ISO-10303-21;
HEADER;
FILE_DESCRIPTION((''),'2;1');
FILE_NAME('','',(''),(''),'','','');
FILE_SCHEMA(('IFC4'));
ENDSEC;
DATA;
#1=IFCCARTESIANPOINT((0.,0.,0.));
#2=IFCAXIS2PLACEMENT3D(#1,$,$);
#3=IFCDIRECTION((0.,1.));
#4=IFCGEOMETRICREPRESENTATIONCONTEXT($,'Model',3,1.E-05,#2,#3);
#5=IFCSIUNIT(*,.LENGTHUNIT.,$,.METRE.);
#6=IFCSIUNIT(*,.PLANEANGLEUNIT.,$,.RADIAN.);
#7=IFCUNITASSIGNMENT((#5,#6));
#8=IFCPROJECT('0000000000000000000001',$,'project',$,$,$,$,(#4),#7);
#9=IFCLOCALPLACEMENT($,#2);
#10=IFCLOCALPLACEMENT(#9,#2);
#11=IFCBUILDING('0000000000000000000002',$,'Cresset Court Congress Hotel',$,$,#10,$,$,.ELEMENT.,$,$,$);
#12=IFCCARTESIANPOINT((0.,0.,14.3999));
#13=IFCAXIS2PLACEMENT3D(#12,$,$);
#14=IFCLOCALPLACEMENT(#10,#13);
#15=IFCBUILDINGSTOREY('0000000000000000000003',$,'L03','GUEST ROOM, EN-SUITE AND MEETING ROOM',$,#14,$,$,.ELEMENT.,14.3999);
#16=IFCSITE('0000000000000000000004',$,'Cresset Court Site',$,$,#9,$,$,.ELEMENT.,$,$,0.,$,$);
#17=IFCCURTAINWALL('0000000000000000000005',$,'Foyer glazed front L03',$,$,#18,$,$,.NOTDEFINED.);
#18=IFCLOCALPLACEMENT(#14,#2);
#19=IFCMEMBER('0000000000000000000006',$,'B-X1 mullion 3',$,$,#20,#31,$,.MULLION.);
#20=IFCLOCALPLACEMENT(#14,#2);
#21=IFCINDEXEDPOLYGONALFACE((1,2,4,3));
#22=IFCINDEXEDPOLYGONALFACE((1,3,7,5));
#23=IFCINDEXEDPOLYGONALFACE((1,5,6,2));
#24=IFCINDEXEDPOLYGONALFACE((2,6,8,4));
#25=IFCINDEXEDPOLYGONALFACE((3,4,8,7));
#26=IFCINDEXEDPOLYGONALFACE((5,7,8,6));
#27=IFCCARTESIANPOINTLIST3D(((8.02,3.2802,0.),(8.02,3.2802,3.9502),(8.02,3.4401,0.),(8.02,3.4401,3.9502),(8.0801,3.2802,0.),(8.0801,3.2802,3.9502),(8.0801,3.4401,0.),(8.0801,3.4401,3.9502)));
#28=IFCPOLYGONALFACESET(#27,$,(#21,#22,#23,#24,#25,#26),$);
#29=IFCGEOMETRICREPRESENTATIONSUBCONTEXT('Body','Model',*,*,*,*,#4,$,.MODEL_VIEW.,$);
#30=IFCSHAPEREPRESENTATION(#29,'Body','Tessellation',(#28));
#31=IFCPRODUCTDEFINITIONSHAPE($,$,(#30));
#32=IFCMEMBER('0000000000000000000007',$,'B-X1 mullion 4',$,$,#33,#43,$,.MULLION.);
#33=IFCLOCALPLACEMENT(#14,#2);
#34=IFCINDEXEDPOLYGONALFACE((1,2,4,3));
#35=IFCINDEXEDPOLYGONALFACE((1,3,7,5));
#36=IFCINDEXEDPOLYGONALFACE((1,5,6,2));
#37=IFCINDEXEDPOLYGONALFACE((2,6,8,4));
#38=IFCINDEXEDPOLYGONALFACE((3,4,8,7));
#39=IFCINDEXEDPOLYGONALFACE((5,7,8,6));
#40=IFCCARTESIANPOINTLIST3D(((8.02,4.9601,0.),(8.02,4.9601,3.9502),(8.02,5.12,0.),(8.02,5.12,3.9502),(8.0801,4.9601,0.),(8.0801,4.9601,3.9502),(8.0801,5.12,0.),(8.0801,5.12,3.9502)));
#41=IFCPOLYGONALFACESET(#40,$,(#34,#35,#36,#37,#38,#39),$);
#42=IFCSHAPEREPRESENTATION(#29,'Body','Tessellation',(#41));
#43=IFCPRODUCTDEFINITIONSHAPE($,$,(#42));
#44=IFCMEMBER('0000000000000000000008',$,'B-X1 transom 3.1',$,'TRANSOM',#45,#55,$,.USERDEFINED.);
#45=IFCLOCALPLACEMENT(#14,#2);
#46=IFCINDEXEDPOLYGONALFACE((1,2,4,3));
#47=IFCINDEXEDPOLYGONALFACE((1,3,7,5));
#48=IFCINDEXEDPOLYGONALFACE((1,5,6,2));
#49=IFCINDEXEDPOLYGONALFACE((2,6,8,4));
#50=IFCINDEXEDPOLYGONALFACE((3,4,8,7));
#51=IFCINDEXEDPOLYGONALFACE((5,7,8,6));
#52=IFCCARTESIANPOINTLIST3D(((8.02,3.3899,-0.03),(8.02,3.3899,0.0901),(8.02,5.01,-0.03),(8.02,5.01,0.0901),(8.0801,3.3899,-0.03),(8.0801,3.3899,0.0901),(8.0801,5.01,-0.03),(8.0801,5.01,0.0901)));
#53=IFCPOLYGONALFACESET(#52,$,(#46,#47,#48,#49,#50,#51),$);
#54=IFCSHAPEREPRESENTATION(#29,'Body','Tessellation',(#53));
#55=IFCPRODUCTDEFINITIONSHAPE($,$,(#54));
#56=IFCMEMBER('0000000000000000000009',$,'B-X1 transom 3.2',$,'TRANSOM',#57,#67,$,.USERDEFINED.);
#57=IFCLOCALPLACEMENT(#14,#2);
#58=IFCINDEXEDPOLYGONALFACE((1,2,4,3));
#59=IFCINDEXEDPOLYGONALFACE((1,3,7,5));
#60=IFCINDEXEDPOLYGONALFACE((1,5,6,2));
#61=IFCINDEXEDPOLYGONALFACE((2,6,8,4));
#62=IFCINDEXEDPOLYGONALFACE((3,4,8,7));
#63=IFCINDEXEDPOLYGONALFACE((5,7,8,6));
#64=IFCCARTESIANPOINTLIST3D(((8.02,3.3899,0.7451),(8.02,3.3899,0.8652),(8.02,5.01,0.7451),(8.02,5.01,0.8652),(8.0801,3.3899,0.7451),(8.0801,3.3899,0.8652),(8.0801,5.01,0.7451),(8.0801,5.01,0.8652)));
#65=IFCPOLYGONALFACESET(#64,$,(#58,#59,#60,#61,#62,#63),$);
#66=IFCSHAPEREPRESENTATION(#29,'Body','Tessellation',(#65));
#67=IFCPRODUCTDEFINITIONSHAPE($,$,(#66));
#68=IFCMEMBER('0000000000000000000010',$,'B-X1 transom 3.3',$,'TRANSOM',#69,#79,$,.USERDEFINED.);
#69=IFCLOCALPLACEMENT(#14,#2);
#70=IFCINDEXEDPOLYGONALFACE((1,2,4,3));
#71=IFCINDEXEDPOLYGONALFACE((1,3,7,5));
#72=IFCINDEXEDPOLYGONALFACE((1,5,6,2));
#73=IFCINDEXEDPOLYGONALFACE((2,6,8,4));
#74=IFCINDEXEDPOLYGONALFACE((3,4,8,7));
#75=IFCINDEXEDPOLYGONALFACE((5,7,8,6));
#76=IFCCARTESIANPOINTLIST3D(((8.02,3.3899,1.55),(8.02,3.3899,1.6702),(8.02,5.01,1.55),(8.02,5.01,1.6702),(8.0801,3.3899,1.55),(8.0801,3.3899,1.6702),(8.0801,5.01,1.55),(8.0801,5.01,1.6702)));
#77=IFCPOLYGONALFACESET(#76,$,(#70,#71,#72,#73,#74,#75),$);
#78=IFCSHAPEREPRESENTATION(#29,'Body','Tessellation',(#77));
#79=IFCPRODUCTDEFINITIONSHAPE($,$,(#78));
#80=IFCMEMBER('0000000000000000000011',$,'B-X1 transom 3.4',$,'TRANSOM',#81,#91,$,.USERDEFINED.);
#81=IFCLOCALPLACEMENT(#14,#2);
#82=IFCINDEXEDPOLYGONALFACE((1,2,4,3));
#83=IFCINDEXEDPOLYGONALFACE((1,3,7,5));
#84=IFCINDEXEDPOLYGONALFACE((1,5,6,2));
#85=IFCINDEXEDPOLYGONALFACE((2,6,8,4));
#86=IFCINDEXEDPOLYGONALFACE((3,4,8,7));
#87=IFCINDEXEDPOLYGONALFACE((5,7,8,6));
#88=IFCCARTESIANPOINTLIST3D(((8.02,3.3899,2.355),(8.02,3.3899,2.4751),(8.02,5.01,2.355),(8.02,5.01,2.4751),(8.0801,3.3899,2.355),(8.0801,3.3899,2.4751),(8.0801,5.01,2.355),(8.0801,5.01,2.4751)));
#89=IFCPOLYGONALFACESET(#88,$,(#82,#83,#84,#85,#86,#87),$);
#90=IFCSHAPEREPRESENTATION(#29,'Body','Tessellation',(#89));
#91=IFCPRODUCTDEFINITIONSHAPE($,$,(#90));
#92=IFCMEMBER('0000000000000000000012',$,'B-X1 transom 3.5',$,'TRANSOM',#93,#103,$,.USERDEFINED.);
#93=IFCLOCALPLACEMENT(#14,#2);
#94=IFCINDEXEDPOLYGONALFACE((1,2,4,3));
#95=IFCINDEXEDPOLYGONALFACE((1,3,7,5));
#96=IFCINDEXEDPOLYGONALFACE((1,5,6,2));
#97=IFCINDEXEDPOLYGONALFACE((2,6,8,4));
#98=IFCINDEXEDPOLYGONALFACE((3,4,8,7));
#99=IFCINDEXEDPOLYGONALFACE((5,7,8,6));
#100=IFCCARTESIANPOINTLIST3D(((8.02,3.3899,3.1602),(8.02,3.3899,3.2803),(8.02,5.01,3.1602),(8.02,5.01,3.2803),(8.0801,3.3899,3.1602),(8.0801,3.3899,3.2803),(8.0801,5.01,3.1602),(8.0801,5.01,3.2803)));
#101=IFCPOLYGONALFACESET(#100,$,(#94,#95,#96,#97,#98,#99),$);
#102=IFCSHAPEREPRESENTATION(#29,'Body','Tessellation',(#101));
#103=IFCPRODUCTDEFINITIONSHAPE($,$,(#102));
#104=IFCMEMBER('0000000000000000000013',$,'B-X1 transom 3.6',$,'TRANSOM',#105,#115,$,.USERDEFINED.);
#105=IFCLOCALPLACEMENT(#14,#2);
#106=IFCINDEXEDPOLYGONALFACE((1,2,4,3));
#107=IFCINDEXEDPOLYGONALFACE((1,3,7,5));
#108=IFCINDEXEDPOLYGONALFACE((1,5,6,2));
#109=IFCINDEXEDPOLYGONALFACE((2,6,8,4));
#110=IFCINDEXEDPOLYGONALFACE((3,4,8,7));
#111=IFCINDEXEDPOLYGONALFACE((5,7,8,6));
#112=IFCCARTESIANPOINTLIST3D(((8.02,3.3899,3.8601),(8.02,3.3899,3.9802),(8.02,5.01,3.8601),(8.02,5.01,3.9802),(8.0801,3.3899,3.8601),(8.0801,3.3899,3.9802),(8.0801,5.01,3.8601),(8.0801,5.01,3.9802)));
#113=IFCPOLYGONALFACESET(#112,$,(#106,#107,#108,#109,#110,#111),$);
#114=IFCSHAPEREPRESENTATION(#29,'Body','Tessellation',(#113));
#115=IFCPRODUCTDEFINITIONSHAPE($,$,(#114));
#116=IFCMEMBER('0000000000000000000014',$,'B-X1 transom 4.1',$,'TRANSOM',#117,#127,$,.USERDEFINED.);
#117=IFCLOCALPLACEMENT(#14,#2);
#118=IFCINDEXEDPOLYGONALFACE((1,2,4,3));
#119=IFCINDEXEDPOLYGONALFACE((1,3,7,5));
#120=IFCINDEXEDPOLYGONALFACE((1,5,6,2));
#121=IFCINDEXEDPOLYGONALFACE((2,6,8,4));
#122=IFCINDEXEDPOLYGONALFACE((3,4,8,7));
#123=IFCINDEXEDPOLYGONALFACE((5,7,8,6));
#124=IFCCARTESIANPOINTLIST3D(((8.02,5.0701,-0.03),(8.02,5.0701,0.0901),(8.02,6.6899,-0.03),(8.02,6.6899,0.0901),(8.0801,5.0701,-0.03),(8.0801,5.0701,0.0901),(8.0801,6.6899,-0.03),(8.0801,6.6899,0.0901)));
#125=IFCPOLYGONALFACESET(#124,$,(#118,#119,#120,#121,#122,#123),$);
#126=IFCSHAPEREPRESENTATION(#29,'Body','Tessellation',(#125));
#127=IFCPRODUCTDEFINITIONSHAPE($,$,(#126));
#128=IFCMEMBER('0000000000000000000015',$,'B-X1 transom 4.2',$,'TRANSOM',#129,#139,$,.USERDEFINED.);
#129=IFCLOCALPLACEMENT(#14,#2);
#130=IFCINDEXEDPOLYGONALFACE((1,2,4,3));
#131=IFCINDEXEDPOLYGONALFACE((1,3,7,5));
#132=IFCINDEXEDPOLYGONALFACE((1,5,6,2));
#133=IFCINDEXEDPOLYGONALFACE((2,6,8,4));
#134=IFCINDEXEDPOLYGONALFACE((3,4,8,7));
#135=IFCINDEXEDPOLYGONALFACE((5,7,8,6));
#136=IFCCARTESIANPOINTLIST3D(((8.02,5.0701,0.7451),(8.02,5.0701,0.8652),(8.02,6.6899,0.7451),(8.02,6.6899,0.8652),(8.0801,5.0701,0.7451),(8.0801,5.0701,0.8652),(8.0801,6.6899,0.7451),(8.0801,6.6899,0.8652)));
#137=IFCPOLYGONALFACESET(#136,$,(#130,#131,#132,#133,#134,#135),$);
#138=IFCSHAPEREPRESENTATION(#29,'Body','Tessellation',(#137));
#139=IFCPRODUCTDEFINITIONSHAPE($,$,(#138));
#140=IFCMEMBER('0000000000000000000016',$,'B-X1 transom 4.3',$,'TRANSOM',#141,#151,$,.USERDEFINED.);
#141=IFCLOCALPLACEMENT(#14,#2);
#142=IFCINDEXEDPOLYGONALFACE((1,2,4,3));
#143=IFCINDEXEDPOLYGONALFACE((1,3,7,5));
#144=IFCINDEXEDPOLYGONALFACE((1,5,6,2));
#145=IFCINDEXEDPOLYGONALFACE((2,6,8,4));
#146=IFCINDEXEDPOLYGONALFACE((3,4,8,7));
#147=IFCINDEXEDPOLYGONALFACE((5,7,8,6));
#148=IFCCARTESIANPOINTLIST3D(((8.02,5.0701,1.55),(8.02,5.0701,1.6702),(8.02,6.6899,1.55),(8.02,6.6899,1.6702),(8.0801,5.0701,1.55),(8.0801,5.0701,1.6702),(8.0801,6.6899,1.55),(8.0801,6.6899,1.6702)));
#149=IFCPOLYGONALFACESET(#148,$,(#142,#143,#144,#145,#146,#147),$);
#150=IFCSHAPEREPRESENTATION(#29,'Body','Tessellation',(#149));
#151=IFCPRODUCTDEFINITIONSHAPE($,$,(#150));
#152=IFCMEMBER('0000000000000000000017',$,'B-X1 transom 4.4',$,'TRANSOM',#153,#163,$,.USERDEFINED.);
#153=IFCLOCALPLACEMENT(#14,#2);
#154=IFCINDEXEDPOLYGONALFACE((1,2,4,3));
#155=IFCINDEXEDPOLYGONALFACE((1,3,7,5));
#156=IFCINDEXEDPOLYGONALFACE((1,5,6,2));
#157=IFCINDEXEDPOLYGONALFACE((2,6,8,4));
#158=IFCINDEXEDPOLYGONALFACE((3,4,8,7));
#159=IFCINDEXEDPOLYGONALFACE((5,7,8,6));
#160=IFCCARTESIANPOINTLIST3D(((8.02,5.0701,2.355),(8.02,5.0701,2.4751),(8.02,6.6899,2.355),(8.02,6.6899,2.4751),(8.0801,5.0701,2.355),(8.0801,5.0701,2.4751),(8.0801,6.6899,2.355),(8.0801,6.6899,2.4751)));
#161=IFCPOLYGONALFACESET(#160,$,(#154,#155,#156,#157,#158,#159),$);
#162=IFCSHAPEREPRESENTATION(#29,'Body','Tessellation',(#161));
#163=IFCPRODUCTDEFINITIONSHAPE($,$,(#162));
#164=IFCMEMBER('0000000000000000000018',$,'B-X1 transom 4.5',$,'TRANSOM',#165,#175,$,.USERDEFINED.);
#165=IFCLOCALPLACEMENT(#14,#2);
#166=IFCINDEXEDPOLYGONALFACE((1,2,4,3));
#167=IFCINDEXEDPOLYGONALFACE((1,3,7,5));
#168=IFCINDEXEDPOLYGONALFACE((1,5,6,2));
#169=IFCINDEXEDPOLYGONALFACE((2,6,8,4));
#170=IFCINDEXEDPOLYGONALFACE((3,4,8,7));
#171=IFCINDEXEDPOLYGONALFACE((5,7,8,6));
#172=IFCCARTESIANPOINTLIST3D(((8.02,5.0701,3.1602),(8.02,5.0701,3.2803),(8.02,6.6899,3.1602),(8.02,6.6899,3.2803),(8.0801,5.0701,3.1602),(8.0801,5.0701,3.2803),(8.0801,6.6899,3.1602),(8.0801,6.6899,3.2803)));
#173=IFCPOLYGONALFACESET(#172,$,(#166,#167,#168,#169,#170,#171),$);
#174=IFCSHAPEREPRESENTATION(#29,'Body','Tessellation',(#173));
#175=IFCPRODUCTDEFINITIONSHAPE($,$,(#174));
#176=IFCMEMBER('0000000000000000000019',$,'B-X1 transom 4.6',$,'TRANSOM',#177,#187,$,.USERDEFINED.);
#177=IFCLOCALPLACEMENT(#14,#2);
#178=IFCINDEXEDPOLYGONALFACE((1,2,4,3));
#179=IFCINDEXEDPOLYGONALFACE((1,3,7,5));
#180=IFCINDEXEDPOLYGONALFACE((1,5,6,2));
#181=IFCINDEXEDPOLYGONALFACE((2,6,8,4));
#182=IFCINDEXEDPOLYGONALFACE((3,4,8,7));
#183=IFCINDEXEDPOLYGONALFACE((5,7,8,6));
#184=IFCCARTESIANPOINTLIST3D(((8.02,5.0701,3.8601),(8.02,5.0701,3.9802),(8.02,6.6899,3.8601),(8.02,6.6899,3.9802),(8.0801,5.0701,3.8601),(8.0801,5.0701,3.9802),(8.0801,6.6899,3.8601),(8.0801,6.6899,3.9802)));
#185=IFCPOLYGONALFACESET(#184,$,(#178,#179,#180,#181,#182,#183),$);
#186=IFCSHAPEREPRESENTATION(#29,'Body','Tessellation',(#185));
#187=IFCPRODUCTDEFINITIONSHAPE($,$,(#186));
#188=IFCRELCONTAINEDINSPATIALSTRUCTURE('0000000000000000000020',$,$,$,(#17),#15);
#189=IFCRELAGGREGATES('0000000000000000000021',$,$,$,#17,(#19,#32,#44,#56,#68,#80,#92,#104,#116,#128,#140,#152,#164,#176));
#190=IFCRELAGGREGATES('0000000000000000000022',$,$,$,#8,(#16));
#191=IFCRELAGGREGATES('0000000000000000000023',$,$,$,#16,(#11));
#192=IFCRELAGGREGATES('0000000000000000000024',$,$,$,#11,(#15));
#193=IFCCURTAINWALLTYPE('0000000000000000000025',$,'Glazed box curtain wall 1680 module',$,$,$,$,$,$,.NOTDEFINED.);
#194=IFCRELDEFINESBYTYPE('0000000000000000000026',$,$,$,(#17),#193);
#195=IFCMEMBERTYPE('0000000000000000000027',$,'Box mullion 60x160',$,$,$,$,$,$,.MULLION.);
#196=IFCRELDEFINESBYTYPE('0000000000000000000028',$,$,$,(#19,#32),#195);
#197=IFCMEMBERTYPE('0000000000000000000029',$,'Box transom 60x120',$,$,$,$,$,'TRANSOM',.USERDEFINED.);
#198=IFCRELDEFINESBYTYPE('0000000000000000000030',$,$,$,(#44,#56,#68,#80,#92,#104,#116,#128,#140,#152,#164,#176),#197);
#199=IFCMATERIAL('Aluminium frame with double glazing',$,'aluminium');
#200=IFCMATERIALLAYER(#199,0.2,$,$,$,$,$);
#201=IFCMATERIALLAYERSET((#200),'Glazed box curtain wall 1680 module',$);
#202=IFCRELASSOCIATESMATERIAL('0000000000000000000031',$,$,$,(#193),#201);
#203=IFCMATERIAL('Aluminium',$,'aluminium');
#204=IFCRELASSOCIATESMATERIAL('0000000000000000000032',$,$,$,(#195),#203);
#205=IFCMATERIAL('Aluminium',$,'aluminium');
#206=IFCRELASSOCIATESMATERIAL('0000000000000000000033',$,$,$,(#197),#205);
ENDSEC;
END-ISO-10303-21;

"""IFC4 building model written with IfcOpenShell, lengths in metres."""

from ifc_helpers import new_model, si_unit, direction, frame, origin, origin_2d, place, context, subcontext, project, spatial, rectangle, extrude, material, layer, layer_set, material_profile, profile_set, type_object, element, aggregate, save


model = new_model("IFC4")

# Units and contexts
model_context = context("Model", 3, precision=1e-05, world=origin(), true_north=direction((0.0, 1.0)))
body_context = subcontext(model_context, "Body", "Model", "MODEL_VIEW")
ifc_project = project(units=[si_unit("LENGTHUNIT", "METRE"), si_unit("PLANEANGLEUNIT", "RADIAN")], contexts=[model_context])

# Site, building, storey
site_placement = place(None, origin())
site = spatial("IfcSite", under=ifc_project, at=site_placement, Name="Cresset Court Site", CompositionType="ELEMENT", RefElevation=0.0)
building_placement = place(site_placement, origin())
building = spatial("IfcBuilding", under=site, at=building_placement, Name="Cresset Court Congress Hotel", CompositionType="ELEMENT")
storey_placement = place(building_placement, frame((0.0, 0.0, 14.3999)))
storey = spatial("IfcBuildingStorey", under=building, at=storey_placement, Name="L03", Description="GUEST ROOM, EN-SUITE AND MEETING ROOM", CompositionType="ELEMENT", Elevation=14.3999)

# Curtain wall, members
ifc_material_1 = material(Name="Aluminium frame with double glazing", Category="aluminium")
ifc_layer_1 = layer(ifc_material_1, 0.2)
ifc_layer_set_1 = layer_set([ifc_layer_1], Name="Glazed box curtain wall 1680 module")
curtain_wall_type = type_object("IfcCurtainWallType", Name="Glazed box curtain wall 1680 module", PredefinedType="NOTDEFINED", material=ifc_layer_set_1)
curtain_wall_placement = place(storey_placement, origin())
curtain_wall = element("IfcCurtainWall", 1, at=curtain_wall_placement, inside=storey, type_object=curtain_wall_type, Name="Foyer glazed front L03", PredefinedType="NOTDEFINED")
ifc_material_2 = material(Name="Aluminium", Category="aluminium")
ifc_material_profile_1 = material_profile(ifc_material_2, rectangle(XDim=0.0601, YDim=0.1599, at=origin_2d()), Name="Box mullion 60x160")
ifc_profile_set_1 = profile_set([ifc_material_profile_1], Name="Aluminium")
member_type_1 = type_object("IfcMemberType", Name="Box mullion 60x160", PredefinedType="MULLION", material=ifc_profile_set_1)
member_1_placement = place(storey_placement, frame((8.05, 3.3601, 0.0), z_axis=(0.0, 0.0, 1.0), x_axis=(-1.0, 0.0, 0.0)))
member_1 = element("IfcMember", 2, at=member_1_placement, type_object=member_type_1, Name="B-X1 mullion 3", PredefinedType="MULLION", context=body_context, shape_type="SweptSolid", body=[
    extrude(rectangle(XDim=0.0601, YDim=0.1599, at=origin_2d()), origin(), (0.0, 0.0, 1.0), 3.9502),
])
member_2_placement = place(storey_placement, frame((8.05, 5.04, 0.0), z_axis=(0.0, 0.0, 1.0), x_axis=(-1.0, 0.0, 0.0)))
member_2 = element("IfcMember", 3, at=member_2_placement, type_object=member_type_1, Name="B-X1 mullion 4", PredefinedType="MULLION", context=body_context, shape_type="SweptSolid", body=[
    extrude(rectangle(XDim=0.0601, YDim=0.1599, at=origin_2d()), origin(), (0.0, 0.0, 1.0), 3.9502),
])
ifc_material_3 = material(Name="Aluminium", Category="aluminium")
ifc_material_profile_2 = material_profile(ifc_material_3, rectangle(XDim=0.0601, YDim=0.1201, at=origin_2d()), Name="Box transom 60x120")
ifc_profile_set_2 = profile_set([ifc_material_profile_2], Name="Aluminium")
member_type_2 = type_object("IfcMemberType", Name="Box transom 60x120", ElementType="TRANSOM", PredefinedType="USERDEFINED", material=ifc_profile_set_2)
member_3_placement = place(storey_placement, frame((8.05, 3.3899, 0.03), z_axis=(0.0, 1.0, 0.0), x_axis=(-1.0, 0.0, 0.0)))
member_3 = element("IfcMember", 4, at=member_3_placement, type_object=member_type_2, Name="B-X1 transom 3.1", ObjectType="TRANSOM", PredefinedType="USERDEFINED", context=body_context, shape_type="SweptSolid", body=[
    extrude(rectangle(XDim=0.0601, YDim=0.1201, at=origin_2d()), origin(), (0.0, 0.0, 1.0), 1.6201),
])
member_4_placement = place(storey_placement, frame((8.05, 3.3899, 0.8052), z_axis=(0.0, 1.0, 0.0), x_axis=(-1.0, 0.0, 0.0)))
member_4 = element("IfcMember", 5, at=member_4_placement, type_object=member_type_2, Name="B-X1 transom 3.2", ObjectType="TRANSOM", PredefinedType="USERDEFINED", context=body_context, shape_type="SweptSolid", body=[
    extrude(rectangle(XDim=0.0601, YDim=0.1201, at=origin_2d()), origin(), (0.0, 0.0, 1.0), 1.6201),
])
member_5_placement = place(storey_placement, frame((8.05, 3.3899, 1.6101), z_axis=(0.0, 1.0, 0.0), x_axis=(-1.0, 0.0, 0.0)))
member_5 = element("IfcMember", 6, at=member_5_placement, type_object=member_type_2, Name="B-X1 transom 3.3", ObjectType="TRANSOM", PredefinedType="USERDEFINED", context=body_context, shape_type="SweptSolid", body=[
    extrude(rectangle(XDim=0.0601, YDim=0.1201, at=origin_2d()), origin(), (0.0, 0.0, 1.0), 1.6201),
])
member_6_placement = place(storey_placement, frame((8.05, 3.3899, 2.415), z_axis=(0.0, 1.0, 0.0), x_axis=(-1.0, 0.0, 0.0)))
member_6 = element("IfcMember", 7, at=member_6_placement, type_object=member_type_2, Name="B-X1 transom 3.4", ObjectType="TRANSOM", PredefinedType="USERDEFINED", context=body_context, shape_type="SweptSolid", body=[
    extrude(rectangle(XDim=0.0601, YDim=0.1201, at=origin_2d()), origin(), (0.0, 0.0, 1.0), 1.6201),
])
member_7_placement = place(storey_placement, frame((8.05, 3.3899, 3.2202), z_axis=(0.0, 1.0, 0.0), x_axis=(-1.0, 0.0, 0.0)))
member_7 = element("IfcMember", 8, at=member_7_placement, type_object=member_type_2, Name="B-X1 transom 3.5", ObjectType="TRANSOM", PredefinedType="USERDEFINED", context=body_context, shape_type="SweptSolid", body=[
    extrude(rectangle(XDim=0.0601, YDim=0.1201, at=origin_2d()), origin(), (0.0, 0.0, 1.0), 1.6201),
])
member_8_placement = place(storey_placement, frame((8.05, 3.3899, 3.9202), z_axis=(0.0, 1.0, 0.0), x_axis=(-1.0, 0.0, 0.0)))
member_8 = element("IfcMember", 9, at=member_8_placement, type_object=member_type_2, Name="B-X1 transom 3.6", ObjectType="TRANSOM", PredefinedType="USERDEFINED", context=body_context, shape_type="SweptSolid", body=[
    extrude(rectangle(XDim=0.0601, YDim=0.1201, at=origin_2d()), origin(), (0.0, 0.0, 1.0), 1.6201),
])
member_9_placement = place(storey_placement, frame((8.05, 5.0701, 0.03), z_axis=(0.0, 1.0, 0.0), x_axis=(-1.0, 0.0, 0.0)))
member_9 = element("IfcMember", 10, at=member_9_placement, type_object=member_type_2, Name="B-X1 transom 4.1", ObjectType="TRANSOM", PredefinedType="USERDEFINED", context=body_context, shape_type="SweptSolid", body=[
    extrude(rectangle(XDim=0.0601, YDim=0.1201, at=origin_2d()), origin(), (0.0, 0.0, 1.0), 1.6199),
])
member_10_placement = place(storey_placement, frame((8.05, 5.0701, 0.8052), z_axis=(0.0, 1.0, 0.0), x_axis=(-1.0, 0.0, 0.0)))
member_10 = element("IfcMember", 11, at=member_10_placement, type_object=member_type_2, Name="B-X1 transom 4.2", ObjectType="TRANSOM", PredefinedType="USERDEFINED", context=body_context, shape_type="SweptSolid", body=[
    extrude(rectangle(XDim=0.0601, YDim=0.1201, at=origin_2d()), origin(), (0.0, 0.0, 1.0), 1.6199),
])
member_11_placement = place(storey_placement, frame((8.05, 5.0701, 1.6101), z_axis=(0.0, 1.0, 0.0), x_axis=(-1.0, 0.0, 0.0)))
member_11 = element("IfcMember", 12, at=member_11_placement, type_object=member_type_2, Name="B-X1 transom 4.3", ObjectType="TRANSOM", PredefinedType="USERDEFINED", context=body_context, shape_type="SweptSolid", body=[
    extrude(rectangle(XDim=0.0601, YDim=0.1201, at=origin_2d()), origin(), (0.0, 0.0, 1.0), 1.6199),
])
member_12_placement = place(storey_placement, frame((8.05, 5.0701, 2.415), z_axis=(0.0, 1.0, 0.0), x_axis=(-1.0, 0.0, 0.0)))
member_12 = element("IfcMember", 13, at=member_12_placement, type_object=member_type_2, Name="B-X1 transom 4.4", ObjectType="TRANSOM", PredefinedType="USERDEFINED", context=body_context, shape_type="SweptSolid", body=[
    extrude(rectangle(XDim=0.0601, YDim=0.1201, at=origin_2d()), origin(), (0.0, 0.0, 1.0), 1.6199),
])
member_13_placement = place(storey_placement, frame((8.05, 5.0701, 3.2202), z_axis=(0.0, 1.0, 0.0), x_axis=(-1.0, 0.0, 0.0)))
member_13 = element("IfcMember", 14, at=member_13_placement, type_object=member_type_2, Name="B-X1 transom 4.5", ObjectType="TRANSOM", PredefinedType="USERDEFINED", context=body_context, shape_type="SweptSolid", body=[
    extrude(rectangle(XDim=0.0601, YDim=0.1201, at=origin_2d()), origin(), (0.0, 0.0, 1.0), 1.6199),
])
member_14_placement = place(storey_placement, frame((8.05, 5.0701, 3.9202), z_axis=(0.0, 1.0, 0.0), x_axis=(-1.0, 0.0, 0.0)))
member_14 = element("IfcMember", 15, at=member_14_placement, type_object=member_type_2, Name="B-X1 transom 4.6", ObjectType="TRANSOM", PredefinedType="USERDEFINED", context=body_context, shape_type="SweptSolid", body=[
    extrude(rectangle(XDim=0.0601, YDim=0.1201, at=origin_2d()), origin(), (0.0, 0.0, 1.0), 1.6199),
])
aggregate(curtain_wall, [member_1, member_2, member_3, member_4, member_5, member_6, member_7, member_8, member_9, member_10, member_11, member_12, member_13, member_14])

save(model, "model.ifc")
